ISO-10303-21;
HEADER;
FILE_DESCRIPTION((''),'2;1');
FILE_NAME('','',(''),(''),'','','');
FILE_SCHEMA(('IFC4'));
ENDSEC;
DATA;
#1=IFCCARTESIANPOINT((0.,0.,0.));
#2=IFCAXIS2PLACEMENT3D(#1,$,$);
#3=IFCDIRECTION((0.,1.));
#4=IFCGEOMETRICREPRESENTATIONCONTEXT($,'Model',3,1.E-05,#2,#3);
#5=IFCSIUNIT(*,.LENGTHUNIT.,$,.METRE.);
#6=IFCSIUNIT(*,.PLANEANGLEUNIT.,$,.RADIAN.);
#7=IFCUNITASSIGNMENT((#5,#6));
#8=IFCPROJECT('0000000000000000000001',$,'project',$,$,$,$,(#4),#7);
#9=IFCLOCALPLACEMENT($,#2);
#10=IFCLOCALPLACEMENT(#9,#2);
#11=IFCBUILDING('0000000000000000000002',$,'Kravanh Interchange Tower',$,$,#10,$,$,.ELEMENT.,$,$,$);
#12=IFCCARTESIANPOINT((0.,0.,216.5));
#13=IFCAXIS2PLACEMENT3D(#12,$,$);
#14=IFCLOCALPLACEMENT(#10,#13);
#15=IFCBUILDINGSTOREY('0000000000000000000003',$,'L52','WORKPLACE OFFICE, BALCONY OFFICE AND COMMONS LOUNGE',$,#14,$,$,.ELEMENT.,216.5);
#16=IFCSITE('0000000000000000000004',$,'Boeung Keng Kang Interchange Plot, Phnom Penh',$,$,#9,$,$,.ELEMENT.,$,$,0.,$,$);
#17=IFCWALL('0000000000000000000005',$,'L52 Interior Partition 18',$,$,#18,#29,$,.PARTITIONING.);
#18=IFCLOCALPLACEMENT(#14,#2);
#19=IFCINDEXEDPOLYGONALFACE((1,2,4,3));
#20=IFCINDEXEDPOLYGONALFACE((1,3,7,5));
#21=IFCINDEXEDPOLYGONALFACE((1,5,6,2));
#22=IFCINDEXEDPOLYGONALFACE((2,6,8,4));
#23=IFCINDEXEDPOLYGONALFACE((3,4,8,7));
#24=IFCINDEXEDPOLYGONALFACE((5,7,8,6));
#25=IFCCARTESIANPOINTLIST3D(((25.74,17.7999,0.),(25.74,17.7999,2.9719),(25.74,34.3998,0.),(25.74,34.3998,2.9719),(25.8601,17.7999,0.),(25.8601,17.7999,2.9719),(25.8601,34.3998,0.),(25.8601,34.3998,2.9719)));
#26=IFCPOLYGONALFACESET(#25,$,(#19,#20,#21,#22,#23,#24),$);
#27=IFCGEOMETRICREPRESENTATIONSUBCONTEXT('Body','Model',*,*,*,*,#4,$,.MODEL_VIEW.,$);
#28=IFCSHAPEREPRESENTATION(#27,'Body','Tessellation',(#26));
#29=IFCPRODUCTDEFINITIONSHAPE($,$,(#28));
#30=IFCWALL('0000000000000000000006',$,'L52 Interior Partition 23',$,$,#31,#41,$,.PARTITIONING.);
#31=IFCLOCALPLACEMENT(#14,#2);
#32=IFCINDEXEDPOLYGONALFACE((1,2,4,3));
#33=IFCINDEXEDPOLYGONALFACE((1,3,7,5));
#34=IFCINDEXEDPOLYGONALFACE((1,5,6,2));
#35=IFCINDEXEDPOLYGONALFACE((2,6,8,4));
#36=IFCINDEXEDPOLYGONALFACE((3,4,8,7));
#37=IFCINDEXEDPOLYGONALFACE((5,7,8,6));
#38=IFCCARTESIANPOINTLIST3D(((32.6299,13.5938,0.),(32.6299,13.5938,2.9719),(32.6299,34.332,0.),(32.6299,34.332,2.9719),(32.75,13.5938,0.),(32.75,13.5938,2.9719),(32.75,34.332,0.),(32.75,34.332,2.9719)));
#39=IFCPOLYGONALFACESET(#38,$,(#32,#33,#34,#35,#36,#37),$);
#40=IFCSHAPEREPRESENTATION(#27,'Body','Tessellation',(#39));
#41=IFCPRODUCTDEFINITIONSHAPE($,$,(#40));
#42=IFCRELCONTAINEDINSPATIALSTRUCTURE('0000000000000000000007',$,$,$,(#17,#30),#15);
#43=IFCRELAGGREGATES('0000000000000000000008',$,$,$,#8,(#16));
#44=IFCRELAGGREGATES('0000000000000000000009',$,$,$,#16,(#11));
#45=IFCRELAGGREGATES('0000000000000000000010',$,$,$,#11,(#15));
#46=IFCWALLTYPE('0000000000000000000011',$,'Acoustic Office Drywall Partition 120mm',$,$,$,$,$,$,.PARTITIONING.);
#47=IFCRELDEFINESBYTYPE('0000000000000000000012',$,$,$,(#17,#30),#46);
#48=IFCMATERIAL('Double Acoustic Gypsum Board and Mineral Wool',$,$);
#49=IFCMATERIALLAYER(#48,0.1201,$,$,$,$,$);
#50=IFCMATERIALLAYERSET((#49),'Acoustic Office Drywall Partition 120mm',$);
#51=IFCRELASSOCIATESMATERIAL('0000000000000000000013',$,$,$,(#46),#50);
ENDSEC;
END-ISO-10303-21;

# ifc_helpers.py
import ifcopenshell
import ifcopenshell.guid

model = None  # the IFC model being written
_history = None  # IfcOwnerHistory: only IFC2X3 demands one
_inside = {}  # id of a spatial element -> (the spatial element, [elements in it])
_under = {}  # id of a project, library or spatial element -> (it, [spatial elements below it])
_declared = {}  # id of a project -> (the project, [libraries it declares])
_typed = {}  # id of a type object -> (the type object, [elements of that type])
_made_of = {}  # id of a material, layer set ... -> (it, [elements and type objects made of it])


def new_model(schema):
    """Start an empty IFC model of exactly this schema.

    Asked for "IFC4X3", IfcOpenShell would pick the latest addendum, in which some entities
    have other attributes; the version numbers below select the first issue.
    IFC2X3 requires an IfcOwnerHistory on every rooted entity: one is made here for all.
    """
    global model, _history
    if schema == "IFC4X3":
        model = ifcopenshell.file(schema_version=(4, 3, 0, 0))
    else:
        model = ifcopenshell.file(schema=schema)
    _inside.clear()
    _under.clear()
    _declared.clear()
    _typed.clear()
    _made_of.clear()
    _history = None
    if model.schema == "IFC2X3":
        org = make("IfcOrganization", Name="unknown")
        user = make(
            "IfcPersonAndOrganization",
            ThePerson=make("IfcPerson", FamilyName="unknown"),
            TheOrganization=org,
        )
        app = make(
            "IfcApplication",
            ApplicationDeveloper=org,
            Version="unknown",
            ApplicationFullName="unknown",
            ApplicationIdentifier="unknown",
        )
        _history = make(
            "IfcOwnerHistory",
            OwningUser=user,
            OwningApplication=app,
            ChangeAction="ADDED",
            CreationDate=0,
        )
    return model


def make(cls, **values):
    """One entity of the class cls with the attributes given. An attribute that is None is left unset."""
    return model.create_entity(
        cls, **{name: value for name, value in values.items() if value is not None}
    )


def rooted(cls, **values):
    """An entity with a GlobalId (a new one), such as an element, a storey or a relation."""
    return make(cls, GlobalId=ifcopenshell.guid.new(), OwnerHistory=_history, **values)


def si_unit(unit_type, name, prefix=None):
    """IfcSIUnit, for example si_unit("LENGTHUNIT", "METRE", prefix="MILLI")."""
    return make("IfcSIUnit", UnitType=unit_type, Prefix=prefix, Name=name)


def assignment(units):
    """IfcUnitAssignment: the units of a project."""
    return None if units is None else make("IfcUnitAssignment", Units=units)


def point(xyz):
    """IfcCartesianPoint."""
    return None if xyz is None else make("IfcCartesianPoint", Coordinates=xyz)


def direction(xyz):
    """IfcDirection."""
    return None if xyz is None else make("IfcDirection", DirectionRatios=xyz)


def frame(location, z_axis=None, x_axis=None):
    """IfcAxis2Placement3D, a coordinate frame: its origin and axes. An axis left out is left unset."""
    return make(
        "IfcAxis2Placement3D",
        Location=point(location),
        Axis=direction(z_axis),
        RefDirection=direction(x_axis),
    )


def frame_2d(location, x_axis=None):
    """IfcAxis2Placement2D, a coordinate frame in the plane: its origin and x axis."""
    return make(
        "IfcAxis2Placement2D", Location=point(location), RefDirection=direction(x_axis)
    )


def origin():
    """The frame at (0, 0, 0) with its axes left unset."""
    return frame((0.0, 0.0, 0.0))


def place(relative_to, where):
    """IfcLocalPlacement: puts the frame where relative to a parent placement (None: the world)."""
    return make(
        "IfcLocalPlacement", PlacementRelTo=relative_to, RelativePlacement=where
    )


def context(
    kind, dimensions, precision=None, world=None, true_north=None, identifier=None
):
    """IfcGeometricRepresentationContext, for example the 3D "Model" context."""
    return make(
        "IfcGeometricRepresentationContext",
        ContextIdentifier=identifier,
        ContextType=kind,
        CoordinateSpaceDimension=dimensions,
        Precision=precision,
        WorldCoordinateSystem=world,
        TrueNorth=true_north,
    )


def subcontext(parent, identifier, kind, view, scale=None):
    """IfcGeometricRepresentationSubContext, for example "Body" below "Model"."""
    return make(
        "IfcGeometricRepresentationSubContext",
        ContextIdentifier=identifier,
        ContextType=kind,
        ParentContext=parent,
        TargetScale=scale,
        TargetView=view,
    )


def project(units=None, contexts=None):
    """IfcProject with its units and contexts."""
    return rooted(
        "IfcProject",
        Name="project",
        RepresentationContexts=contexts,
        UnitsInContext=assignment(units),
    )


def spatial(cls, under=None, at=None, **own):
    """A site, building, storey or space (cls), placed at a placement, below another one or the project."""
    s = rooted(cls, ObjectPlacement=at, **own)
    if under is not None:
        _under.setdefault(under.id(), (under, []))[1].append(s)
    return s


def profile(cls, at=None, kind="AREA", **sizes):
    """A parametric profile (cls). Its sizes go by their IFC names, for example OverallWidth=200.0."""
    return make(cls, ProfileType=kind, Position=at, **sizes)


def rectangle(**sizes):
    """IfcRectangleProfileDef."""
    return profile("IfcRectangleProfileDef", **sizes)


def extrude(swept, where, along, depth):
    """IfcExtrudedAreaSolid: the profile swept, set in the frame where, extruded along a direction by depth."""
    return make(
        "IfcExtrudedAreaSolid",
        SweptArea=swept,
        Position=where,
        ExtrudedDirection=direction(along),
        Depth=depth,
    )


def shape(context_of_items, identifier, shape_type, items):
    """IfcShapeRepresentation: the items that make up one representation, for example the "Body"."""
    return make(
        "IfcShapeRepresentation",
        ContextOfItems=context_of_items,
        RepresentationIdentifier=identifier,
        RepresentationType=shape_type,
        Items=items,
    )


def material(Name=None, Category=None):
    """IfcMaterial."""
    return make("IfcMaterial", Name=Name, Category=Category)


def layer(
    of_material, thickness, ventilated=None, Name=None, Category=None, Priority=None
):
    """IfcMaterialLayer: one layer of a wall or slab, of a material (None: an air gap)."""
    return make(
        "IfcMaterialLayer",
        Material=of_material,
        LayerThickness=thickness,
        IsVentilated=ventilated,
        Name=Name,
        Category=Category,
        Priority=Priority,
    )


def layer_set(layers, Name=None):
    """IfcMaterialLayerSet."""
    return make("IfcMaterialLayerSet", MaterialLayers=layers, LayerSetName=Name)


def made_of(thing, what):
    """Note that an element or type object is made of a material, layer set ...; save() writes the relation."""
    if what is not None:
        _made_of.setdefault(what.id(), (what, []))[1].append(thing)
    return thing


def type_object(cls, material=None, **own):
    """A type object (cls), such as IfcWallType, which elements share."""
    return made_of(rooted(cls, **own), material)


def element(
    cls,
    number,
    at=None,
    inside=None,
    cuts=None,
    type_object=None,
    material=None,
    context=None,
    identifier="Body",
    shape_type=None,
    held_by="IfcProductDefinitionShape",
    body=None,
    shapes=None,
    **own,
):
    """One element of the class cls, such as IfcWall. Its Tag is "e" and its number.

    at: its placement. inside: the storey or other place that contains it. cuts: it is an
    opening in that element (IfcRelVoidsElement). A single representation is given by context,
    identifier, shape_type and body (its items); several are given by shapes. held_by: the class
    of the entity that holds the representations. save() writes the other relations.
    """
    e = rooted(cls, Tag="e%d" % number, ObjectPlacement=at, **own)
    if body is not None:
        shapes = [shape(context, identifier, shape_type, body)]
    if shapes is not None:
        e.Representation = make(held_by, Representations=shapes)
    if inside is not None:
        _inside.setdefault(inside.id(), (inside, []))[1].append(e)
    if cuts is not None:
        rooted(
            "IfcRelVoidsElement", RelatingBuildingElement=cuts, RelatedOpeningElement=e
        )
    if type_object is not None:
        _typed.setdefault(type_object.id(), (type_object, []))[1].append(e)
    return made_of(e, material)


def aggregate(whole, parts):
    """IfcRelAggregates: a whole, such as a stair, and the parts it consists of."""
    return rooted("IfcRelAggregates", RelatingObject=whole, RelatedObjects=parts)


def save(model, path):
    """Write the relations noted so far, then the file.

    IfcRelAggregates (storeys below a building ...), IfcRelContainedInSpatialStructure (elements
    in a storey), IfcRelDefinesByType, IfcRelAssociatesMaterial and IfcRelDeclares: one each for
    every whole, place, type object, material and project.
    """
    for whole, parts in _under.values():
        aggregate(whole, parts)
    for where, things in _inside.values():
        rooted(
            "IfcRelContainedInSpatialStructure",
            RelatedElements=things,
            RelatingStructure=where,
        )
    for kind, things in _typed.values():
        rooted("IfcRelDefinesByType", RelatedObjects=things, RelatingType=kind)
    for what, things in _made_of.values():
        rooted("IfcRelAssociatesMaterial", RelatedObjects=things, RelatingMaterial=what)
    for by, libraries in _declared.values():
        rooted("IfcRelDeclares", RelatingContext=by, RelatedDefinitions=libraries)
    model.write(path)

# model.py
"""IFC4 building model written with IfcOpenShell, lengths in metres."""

from ifc_helpers import new_model, si_unit, direction, frame, frame_2d, origin, place, context, subcontext, project, spatial, rectangle, extrude, material, layer, layer_set, type_object, element, save


model = new_model("IFC4")

# Units and contexts
model_context = context("Model", 3, precision=1e-05, world=origin(), true_north=direction((0.0, 1.0)))
body_context = subcontext(model_context, "Body", "Model", "MODEL_VIEW")
ifc_project = project(units=[si_unit("LENGTHUNIT", "METRE"), si_unit("PLANEANGLEUNIT", "RADIAN")], contexts=[model_context])

# Site, building, storey
site_placement = place(None, origin())
site = spatial("IfcSite", under=ifc_project, at=site_placement, Name="Boeung Keng Kang Interchange Plot, Phnom Penh", CompositionType="ELEMENT", RefElevation=0.0)
building_placement = place(site_placement, origin())
building = spatial("IfcBuilding", under=site, at=building_placement, Name="Kravanh Interchange Tower", CompositionType="ELEMENT")
storey_placement = place(building_placement, frame((0.0, 0.0, 216.5)))
storey = spatial("IfcBuildingStorey", under=building, at=storey_placement, Name="L52", Description="WORKPLACE OFFICE, BALCONY OFFICE AND COMMONS LOUNGE", CompositionType="ELEMENT", Elevation=216.5)

# Walls
ifc_material_1 = material(Name="Double Acoustic Gypsum Board and Mineral Wool")
ifc_layer_1 = layer(ifc_material_1, 0.1201)
ifc_layer_set_1 = layer_set([ifc_layer_1], Name="Acoustic Office Drywall Partition 120mm")
wall_type = type_object("IfcWallType", Name="Acoustic Office Drywall Partition 120mm", PredefinedType="PARTITIONING", material=ifc_layer_set_1)
wall_1_placement = place(storey_placement, frame((25.8, 17.8, 0.0), z_axis=(0.0, 0.0, 1.0), x_axis=(0.0, 1.0, 0.0)))
element("IfcWall", 1, at=wall_1_placement, inside=storey, type_object=wall_type, Name="L52 Interior Partition 18", PredefinedType="PARTITIONING", context=body_context, shape_type="SweptSolid", body=[
    extrude(rectangle(XDim=16.5999, YDim=0.1201, at=frame_2d((8.2998, 0.0))), origin(), (0.0, 0.0, 1.0), 2.9719),
])
wall_2_placement = place(storey_placement, frame((32.6899, 13.5938, 0.0), z_axis=(0.0, 0.0, 1.0), x_axis=(0.0, 1.0, 0.0)))
element("IfcWall", 2, at=wall_2_placement, inside=storey, type_object=wall_type, Name="L52 Interior Partition 23", PredefinedType="PARTITIONING", context=body_context, shape_type="SweptSolid", body=[
    extrude(rectangle(XDim=20.7383, YDim=0.1201, at=frame_2d((10.3691, 0.0))), origin(), (0.0, 0.0, 1.0), 2.9719),
])

save(model, "model.ifc")
